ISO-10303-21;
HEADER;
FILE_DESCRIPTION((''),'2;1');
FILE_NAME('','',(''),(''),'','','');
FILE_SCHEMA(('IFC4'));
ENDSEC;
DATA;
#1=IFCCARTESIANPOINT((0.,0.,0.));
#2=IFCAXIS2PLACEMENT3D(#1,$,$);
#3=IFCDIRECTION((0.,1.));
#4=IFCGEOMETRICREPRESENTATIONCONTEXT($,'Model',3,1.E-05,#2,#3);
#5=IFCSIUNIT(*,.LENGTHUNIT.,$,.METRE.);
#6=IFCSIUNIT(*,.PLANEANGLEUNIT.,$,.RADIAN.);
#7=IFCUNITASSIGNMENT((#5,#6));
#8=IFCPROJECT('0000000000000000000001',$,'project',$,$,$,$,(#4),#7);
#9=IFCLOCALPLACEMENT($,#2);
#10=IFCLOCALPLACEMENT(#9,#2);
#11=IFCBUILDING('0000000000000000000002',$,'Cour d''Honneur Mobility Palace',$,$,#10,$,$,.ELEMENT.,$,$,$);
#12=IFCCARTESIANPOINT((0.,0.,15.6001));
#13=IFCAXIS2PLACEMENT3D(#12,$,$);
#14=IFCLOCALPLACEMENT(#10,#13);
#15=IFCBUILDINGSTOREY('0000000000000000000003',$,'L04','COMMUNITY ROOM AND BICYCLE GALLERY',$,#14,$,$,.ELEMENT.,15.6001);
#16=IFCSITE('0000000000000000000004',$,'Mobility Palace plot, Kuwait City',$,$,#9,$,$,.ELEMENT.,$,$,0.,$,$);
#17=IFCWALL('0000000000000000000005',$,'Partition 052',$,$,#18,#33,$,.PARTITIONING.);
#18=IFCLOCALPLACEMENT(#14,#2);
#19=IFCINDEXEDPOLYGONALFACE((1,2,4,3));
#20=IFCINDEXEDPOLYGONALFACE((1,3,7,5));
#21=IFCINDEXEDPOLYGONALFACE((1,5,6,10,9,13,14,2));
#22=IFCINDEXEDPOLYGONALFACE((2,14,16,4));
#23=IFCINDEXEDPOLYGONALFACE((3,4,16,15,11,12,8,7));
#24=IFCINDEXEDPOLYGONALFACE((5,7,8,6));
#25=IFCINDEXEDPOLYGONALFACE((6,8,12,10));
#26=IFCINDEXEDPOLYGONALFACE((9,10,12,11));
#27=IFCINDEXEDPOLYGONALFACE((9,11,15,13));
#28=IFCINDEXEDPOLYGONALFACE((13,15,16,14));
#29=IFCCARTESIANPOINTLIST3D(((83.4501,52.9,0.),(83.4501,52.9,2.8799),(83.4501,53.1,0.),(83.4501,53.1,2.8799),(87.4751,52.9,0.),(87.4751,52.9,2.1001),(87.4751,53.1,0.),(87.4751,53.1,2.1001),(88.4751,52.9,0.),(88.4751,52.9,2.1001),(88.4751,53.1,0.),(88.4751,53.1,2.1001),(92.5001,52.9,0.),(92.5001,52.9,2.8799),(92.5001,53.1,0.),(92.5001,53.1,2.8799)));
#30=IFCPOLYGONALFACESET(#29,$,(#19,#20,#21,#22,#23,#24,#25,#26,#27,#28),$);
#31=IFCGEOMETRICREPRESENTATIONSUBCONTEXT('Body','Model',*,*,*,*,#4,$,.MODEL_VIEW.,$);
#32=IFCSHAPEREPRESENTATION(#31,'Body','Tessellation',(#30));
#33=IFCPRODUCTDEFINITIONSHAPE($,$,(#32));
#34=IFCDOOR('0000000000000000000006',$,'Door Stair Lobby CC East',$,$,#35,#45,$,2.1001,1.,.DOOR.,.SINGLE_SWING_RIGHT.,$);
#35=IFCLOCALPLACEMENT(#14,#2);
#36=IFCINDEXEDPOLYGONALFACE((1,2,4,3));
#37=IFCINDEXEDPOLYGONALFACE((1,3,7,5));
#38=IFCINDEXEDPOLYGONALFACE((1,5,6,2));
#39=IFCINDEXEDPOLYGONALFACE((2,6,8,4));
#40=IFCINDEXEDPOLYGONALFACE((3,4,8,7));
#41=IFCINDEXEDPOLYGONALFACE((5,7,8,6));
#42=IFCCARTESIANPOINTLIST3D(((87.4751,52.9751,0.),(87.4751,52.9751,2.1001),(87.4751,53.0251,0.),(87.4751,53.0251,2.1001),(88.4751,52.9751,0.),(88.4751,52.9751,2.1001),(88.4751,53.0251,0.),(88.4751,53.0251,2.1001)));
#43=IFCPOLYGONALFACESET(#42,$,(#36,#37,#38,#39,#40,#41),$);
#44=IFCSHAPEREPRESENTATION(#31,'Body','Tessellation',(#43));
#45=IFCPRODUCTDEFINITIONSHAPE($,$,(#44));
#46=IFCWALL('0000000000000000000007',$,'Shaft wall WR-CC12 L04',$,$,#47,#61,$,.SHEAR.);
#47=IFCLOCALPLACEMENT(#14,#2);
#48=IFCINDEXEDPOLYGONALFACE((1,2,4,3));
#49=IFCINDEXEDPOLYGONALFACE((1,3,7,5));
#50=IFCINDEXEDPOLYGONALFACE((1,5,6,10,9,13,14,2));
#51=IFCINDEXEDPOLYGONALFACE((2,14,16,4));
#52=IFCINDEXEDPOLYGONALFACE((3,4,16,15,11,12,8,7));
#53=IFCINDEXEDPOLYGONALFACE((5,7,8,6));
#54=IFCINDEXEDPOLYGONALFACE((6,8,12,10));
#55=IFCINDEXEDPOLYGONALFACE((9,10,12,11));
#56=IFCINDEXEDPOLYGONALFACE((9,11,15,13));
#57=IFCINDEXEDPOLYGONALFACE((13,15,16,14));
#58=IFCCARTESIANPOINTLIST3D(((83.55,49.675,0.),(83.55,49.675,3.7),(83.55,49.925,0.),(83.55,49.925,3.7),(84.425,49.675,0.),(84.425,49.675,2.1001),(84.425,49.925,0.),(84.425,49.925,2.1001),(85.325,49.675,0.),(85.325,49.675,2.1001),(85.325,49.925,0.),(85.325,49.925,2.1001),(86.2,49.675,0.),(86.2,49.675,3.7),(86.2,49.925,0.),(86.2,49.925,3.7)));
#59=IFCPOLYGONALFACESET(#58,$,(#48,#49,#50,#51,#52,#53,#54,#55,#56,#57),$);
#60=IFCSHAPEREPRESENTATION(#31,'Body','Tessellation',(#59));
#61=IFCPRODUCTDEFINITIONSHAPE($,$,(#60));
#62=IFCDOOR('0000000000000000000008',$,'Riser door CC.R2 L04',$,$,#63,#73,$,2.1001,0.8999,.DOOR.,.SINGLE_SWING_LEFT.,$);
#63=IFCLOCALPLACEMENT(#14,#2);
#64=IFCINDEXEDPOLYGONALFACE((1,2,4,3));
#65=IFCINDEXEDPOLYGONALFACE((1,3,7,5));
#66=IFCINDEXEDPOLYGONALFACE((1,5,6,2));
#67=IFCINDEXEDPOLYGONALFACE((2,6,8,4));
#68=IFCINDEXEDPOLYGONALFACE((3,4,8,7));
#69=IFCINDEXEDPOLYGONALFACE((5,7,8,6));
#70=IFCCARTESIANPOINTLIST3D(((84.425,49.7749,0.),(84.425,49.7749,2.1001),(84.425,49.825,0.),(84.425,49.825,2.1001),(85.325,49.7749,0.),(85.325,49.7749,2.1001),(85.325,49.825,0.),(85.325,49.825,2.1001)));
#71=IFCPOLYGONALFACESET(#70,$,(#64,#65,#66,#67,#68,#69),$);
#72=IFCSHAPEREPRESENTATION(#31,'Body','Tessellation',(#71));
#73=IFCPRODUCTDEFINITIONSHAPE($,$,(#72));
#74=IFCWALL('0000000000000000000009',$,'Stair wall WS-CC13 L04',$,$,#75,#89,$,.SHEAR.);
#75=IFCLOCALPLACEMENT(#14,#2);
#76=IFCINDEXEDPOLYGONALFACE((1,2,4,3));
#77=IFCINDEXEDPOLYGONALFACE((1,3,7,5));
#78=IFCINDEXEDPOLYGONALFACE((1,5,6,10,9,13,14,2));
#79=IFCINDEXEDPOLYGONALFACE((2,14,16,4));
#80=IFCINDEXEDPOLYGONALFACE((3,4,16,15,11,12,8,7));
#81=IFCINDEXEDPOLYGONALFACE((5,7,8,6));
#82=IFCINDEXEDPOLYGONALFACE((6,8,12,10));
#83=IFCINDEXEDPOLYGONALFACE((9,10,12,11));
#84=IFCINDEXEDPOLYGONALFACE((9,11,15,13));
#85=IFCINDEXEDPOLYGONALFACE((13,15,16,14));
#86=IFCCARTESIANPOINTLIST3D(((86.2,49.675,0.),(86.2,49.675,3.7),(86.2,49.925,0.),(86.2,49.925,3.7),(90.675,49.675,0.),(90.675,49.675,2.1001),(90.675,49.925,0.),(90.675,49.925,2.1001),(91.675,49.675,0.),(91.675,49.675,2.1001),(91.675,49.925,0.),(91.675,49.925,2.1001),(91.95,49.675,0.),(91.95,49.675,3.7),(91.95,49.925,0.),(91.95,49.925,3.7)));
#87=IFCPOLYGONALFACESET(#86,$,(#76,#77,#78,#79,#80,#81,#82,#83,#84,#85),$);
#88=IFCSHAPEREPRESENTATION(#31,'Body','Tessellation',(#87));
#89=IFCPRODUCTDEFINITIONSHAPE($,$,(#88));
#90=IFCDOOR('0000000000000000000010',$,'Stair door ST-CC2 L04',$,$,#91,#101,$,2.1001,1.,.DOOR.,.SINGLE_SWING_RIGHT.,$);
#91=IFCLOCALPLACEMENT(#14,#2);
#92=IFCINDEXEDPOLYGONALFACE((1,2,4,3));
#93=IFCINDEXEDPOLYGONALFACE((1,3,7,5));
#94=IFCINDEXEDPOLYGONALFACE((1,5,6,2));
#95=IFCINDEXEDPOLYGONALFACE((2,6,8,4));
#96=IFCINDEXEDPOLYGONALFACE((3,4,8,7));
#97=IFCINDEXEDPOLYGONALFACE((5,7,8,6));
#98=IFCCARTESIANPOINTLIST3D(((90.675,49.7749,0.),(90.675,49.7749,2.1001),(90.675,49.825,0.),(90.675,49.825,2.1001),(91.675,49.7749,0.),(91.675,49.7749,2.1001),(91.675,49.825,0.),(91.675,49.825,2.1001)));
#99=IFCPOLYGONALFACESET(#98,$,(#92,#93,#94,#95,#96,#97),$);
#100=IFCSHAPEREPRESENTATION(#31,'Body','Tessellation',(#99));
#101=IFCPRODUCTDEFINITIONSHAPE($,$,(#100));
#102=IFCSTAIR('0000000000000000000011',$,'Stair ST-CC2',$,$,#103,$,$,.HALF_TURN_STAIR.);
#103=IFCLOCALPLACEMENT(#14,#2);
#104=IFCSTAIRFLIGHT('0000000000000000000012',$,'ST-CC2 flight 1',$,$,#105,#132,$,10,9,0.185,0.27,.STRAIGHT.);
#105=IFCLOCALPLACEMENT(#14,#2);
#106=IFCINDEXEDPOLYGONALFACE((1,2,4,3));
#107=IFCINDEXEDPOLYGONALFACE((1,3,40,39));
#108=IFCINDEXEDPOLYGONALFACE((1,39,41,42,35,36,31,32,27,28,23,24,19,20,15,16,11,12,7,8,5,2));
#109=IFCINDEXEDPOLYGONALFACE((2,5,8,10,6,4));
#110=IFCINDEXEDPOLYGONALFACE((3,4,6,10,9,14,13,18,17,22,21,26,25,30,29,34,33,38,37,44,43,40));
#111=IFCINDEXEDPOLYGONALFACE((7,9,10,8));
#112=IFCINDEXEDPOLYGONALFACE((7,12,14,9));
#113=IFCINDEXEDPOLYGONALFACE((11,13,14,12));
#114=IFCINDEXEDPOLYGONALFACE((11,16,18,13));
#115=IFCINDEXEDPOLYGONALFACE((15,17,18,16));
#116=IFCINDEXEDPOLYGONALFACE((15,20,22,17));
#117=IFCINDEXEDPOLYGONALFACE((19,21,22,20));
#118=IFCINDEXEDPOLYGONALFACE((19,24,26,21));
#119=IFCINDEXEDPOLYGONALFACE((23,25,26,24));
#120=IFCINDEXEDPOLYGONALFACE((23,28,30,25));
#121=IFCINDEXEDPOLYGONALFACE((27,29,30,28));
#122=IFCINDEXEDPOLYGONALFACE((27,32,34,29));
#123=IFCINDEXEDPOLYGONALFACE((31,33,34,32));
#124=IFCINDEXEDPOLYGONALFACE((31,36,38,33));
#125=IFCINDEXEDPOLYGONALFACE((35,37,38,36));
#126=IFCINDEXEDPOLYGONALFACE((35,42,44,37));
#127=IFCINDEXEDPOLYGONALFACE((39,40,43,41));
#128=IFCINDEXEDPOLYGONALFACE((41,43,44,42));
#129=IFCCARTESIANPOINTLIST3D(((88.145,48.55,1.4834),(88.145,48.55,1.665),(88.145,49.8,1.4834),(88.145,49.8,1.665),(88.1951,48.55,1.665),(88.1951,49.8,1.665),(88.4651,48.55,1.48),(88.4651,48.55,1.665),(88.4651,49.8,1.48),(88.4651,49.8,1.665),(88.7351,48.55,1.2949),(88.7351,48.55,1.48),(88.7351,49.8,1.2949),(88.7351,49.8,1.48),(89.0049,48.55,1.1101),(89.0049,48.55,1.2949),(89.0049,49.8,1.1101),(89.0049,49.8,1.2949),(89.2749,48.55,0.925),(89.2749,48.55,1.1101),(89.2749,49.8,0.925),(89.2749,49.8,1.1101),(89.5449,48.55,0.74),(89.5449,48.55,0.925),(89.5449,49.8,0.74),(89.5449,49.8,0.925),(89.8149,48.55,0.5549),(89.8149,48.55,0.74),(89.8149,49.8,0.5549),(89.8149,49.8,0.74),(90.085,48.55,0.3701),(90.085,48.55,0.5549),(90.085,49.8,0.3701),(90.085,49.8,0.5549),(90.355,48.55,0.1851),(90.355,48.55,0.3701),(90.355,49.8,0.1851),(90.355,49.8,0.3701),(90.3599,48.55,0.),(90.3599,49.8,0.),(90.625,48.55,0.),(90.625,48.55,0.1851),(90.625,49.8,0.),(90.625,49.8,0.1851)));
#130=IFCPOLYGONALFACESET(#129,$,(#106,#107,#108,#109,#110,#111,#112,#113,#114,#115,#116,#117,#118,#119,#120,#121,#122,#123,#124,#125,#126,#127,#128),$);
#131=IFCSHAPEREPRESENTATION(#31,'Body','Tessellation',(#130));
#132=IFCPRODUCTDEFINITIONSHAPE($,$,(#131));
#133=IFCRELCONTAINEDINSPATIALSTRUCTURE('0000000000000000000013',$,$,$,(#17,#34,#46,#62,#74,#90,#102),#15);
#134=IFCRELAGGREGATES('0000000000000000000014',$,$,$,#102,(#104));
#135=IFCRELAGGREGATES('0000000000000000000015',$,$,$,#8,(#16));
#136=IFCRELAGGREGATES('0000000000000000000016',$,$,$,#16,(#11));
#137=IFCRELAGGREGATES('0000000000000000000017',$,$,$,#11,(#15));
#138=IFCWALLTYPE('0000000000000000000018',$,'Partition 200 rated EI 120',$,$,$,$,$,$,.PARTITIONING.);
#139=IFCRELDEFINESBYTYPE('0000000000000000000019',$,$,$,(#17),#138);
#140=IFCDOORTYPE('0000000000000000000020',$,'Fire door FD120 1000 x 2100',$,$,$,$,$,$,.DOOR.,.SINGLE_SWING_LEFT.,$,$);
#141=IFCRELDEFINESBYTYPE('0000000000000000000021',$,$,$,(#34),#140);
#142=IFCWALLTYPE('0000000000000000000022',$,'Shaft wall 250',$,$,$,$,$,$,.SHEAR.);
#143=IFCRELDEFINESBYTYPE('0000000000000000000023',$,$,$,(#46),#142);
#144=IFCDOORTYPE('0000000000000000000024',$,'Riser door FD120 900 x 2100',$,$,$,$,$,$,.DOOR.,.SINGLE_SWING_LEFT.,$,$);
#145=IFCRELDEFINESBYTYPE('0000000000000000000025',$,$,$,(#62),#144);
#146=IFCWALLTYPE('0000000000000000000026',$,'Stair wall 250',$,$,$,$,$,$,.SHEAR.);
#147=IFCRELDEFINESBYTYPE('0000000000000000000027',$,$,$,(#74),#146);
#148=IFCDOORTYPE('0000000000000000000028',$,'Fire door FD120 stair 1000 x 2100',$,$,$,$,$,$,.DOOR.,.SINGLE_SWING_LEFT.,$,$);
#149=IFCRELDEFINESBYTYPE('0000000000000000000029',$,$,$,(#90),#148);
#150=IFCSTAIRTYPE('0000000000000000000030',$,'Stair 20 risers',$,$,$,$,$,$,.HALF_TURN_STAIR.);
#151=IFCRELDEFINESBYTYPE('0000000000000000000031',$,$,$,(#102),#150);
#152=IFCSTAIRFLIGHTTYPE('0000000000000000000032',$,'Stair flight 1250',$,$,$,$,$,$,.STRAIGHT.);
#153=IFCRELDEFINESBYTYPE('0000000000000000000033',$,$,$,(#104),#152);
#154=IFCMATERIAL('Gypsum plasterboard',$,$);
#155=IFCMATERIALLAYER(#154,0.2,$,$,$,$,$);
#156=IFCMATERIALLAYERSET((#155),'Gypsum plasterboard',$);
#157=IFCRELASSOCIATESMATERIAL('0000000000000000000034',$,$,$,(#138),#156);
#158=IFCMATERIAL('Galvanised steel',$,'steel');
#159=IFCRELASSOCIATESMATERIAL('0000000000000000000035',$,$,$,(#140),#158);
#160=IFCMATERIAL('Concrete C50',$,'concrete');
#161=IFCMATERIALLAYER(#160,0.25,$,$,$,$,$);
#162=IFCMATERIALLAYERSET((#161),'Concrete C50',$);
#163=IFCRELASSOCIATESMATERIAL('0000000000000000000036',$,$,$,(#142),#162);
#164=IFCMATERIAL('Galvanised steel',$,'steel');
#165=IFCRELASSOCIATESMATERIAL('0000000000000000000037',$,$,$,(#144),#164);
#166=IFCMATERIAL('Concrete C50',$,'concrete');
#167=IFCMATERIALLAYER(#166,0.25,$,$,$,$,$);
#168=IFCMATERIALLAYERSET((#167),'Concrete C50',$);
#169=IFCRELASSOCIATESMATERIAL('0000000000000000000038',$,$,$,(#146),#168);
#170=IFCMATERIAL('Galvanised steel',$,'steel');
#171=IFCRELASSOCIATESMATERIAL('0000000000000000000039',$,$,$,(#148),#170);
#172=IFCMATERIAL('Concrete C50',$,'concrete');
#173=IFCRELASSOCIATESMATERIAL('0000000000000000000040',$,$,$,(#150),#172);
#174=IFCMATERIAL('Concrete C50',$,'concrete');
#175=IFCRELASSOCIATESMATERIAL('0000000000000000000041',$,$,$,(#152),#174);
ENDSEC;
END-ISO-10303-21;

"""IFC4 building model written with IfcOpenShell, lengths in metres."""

from ifc_helpers import new_model, si_unit, direction, frame, frame_2d, origin, place, context, subcontext, project, spatial, polyline, rectangle, outline, extrude, material, layer, layer_set, type_object, element, fill, aggregate, save


model = new_model("IFC4")

# Units and contexts
model_context = context("Model", 3, precision=1e-05, world=origin(), true_north=direction((0.0, 1.0)))
body_context = subcontext(model_context, "Body", "Model", "MODEL_VIEW")
ifc_project = project(units=[si_unit("LENGTHUNIT", "METRE"), si_unit("PLANEANGLEUNIT", "RADIAN")], contexts=[model_context])

# Site, building, storey
site_placement = place(None, origin())
site = spatial("IfcSite", under=ifc_project, at=site_placement, Name="Mobility Palace plot, Kuwait City", CompositionType="ELEMENT", RefElevation=0.0)
building_placement = place(site_placement, origin())
building = spatial("IfcBuilding", under=site, at=building_placement, Name="Cour d'Honneur Mobility Palace", CompositionType="ELEMENT")
storey_placement = place(building_placement, frame((0.0, 0.0, 15.6001)))
storey = spatial("IfcBuildingStorey", under=building, at=storey_placement, Name="L04", Description="COMMUNITY ROOM AND BICYCLE GALLERY", CompositionType="ELEMENT", Elevation=15.6001)

# Shared definitions
ifc_material_1 = material(Name="Gypsum plasterboard")
ifc_layer_1 = layer(ifc_material_1, 0.2)
ifc_layer_set_1 = layer_set([ifc_layer_1], Name="Gypsum plasterboard")
wall_type_1 = type_object("IfcWallType", Name="Partition 200 rated EI 120", PredefinedType="PARTITIONING", material=ifc_layer_set_1)

# Walls, openings, doors
wall_1_placement = place(storey_placement, frame((92.5, 53.0, 0.0), z_axis=(0.0, 0.0, 1.0), x_axis=(-1.0, 0.0, 0.0)))
wall_1 = element("IfcWall", 1, at=wall_1_placement, inside=storey, type_object=wall_type_1, Name="Partition 052", PredefinedType="PARTITIONING", context=body_context, shape_type="SweptSolid", body=[
    extrude(rectangle(XDim=9.05, YDim=0.2, at=frame_2d((4.5249, 0.0))), origin(), (0.0, 0.0, 1.0), 2.8799),
])
opening_1_placement = place(wall_1_placement, frame((4.0249, 0.0, 0.0)))
opening_1 = element("IfcOpeningElement", 2, at=opening_1_placement, cuts=wall_1, PredefinedType="OPENING", context=body_context, shape_type="SweptSolid", body=[
    extrude(rectangle(XDim=1.0, YDim=2.1001, at=frame_2d((0.5, 1.05))), frame((0.0, 0.1099, 0.0), z_axis=(0.0, -1.0, 0.0), x_axis=(1.0, 0.0, 0.0)), (0.0, 0.0, 1.0), 0.22),
])
ifc_material_2 = material(Name="Galvanised steel", Category="steel")
door_type_1 = type_object("IfcDoorType", Name="Fire door FD120 1000 x 2100", OperationType="SINGLE_SWING_LEFT", PredefinedType="DOOR", material=ifc_material_2)
door_1_placement = place(opening_1_placement, origin())
door_1 = element("IfcDoor", 3, at=door_1_placement, inside=storey, type_object=door_type_1, Name="Door Stair Lobby CC East", OperationType="SINGLE_SWING_RIGHT", OverallHeight=2.1001, OverallWidth=1.0, PredefinedType="DOOR", context=body_context, shape_type="SweptSolid", body=[
    extrude(rectangle(XDim=1.0, YDim=2.1001, at=frame_2d((0.5, 1.05))), frame((0.0, 0.0249, 0.0), z_axis=(0.0, -1.0, 0.0), x_axis=(1.0, 0.0, 0.0)), (0.0, 0.0, 1.0), 0.05),
])
fill(opening_1, door_1)
ifc_material_3 = material(Name="Concrete C50", Category="concrete")
ifc_layer_2 = layer(ifc_material_3, 0.25)
ifc_layer_set_2 = layer_set([ifc_layer_2], Name="Concrete C50")
wall_type_2 = type_object("IfcWallType", Name="Shaft wall 250", PredefinedType="SHEAR", material=ifc_layer_set_2)
wall_2_placement = place(storey_placement, frame((83.55, 49.8, 0.0), z_axis=(0.0, 0.0, 1.0), x_axis=(1.0, 0.0, 0.0)))
wall_2 = element("IfcWall", 4, at=wall_2_placement, inside=storey, type_object=wall_type_2, Name="Shaft wall WR-CC12 L04", PredefinedType="SHEAR", context=body_context, shape_type="SweptSolid", body=[
    extrude(rectangle(XDim=2.6499, YDim=0.25, at=frame_2d((1.325, 0.0))), origin(), (0.0, 0.0, 1.0), 3.7),
])
opening_2_placement = place(wall_2_placement, frame((0.875, 0.0, 0.0)))
opening_2 = element("IfcOpeningElement", 5, at=opening_2_placement, cuts=wall_2, PredefinedType="OPENING", context=body_context, shape_type="SweptSolid", body=[
    extrude(rectangle(XDim=0.8999, YDim=2.1001, at=frame_2d((0.45, 1.05))), frame((0.0, 0.135, 0.0), z_axis=(0.0, -1.0, 0.0), x_axis=(1.0, 0.0, 0.0)), (0.0, 0.0, 1.0), 0.27),
])
ifc_material_4 = material(Name="Galvanised steel", Category="steel")
door_type_2 = type_object("IfcDoorType", Name="Riser door FD120 900 x 2100", OperationType="SINGLE_SWING_LEFT", PredefinedType="DOOR", material=ifc_material_4)
door_2_placement = place(opening_2_placement, origin())
door_2 = element("IfcDoor", 6, at=door_2_placement, inside=storey, type_object=door_type_2, Name="Riser door CC.R2 L04", OperationType="SINGLE_SWING_LEFT", OverallHeight=2.1001, OverallWidth=0.8999, PredefinedType="DOOR", context=body_context, shape_type="SweptSolid", body=[
    extrude(rectangle(XDim=0.8999, YDim=2.1001, at=frame_2d((0.45, 1.05))), frame((0.0, 0.0249, 0.0), z_axis=(0.0, -1.0, 0.0), x_axis=(1.0, 0.0, 0.0)), (0.0, 0.0, 1.0), 0.05),
])
fill(opening_2, door_2)
ifc_material_5 = material(Name="Concrete C50", Category="concrete")
ifc_layer_3 = layer(ifc_material_5, 0.25)
ifc_layer_set_3 = layer_set([ifc_layer_3], Name="Concrete C50")
wall_type_3 = type_object("IfcWallType", Name="Stair wall 250", PredefinedType="SHEAR", material=ifc_layer_set_3)
wall_3_placement = place(storey_placement, frame((86.2, 49.8, 0.0), z_axis=(0.0, 0.0, 1.0), x_axis=(1.0, 0.0, 0.0)))
wall_3 = element("IfcWall", 7, at=wall_3_placement, inside=storey, type_object=wall_type_3, Name="Stair wall WS-CC13 L04", PredefinedType="SHEAR", context=body_context, shape_type="SweptSolid", body=[
    extrude(rectangle(XDim=5.75, YDim=0.25, at=frame_2d((2.875, 0.0))), origin(), (0.0, 0.0, 1.0), 3.7),
])
opening_3_placement = place(wall_3_placement, frame((4.4751, 0.0, 0.0)))
opening_3 = element("IfcOpeningElement", 8, at=opening_3_placement, cuts=wall_3, PredefinedType="OPENING", context=body_context, shape_type="SweptSolid", body=[
    extrude(rectangle(XDim=1.0, YDim=2.1001, at=frame_2d((0.5, 1.05))), frame((0.0, 0.135, 0.0), z_axis=(0.0, -1.0, 0.0), x_axis=(1.0, 0.0, 0.0)), (0.0, 0.0, 1.0), 0.27),
])
ifc_material_6 = material(Name="Galvanised steel", Category="steel")
door_type_3 = type_object("IfcDoorType", Name="Fire door FD120 stair 1000 x 2100", OperationType="SINGLE_SWING_LEFT", PredefinedType="DOOR", material=ifc_material_6)
door_3_placement = place(opening_3_placement, origin())
door_3 = element("IfcDoor", 9, at=door_3_placement, inside=storey, type_object=door_type_3, Name="Stair door ST-CC2 L04", OperationType="SINGLE_SWING_RIGHT", OverallHeight=2.1001, OverallWidth=1.0, PredefinedType="DOOR", context=body_context, shape_type="SweptSolid", body=[
    extrude(rectangle(XDim=1.0, YDim=2.1001, at=frame_2d((0.5, 1.05))), frame((0.0, 0.0249, 0.0), z_axis=(0.0, -1.0, 0.0), x_axis=(1.0, 0.0, 0.0)), (0.0, 0.0, 1.0), 0.05),
])
fill(opening_3, door_3)

# Stair, stair flight
ifc_material_7 = material(Name="Concrete C50", Category="concrete")
stair_type = type_object("IfcStairType", Name="Stair 20 risers", PredefinedType="HALF_TURN_STAIR", material=ifc_material_7)
stair_placement = place(storey_placement, origin())
stair = element("IfcStair", 10, at=stair_placement, inside=storey, type_object=stair_type, Name="Stair ST-CC2", PredefinedType="HALF_TURN_STAIR")
ifc_material_8 = material(Name="Concrete C50", Category="concrete")
stair_flight_type = type_object("IfcStairFlightType", Name="Stair flight 1250", PredefinedType="STRAIGHT", material=ifc_material_8)
stair_flight_placement = place(storey_placement, frame((90.625, 49.175, 0.0), z_axis=(0.0, 0.0, 1.0), x_axis=(-1.0, 0.0, 0.0)))
stair_flight = element("IfcStairFlight", 11, at=stair_flight_placement, type_object=stair_flight_type, Name="ST-CC2 flight 1", NumberOfRisers=10, NumberOfTreads=9, PredefinedType="STRAIGHT", RiserHeight=0.185, TreadLength=0.27, context=body_context, shape_type="SweptSolid", body=[
    extrude(outline(polyline([(0.0, 0.0), (0.0, 0.1851), (0.27, 0.1851), (0.27, 0.3701), (0.54, 0.3701), (0.54, 0.5549), (0.8101, 0.5549), (0.8101, 0.74), (1.0801, 0.74), (1.0801, 0.925), (1.3501, 0.925), (1.3501, 1.1101), (1.6201, 1.1101), (1.6201, 1.2949), (1.8899, 1.2949), (1.8899, 1.48), (2.1599, 1.48), (2.1599, 1.665), (2.4299, 1.665), (2.48, 1.665), (2.48, 1.4834), (0.2651, 0.0), (0.0, 0.0)])), frame((0.0, 0.625, 0.0), z_axis=(0.0, -1.0, 0.0), x_axis=(1.0, 0.0, 0.0)), (0.0, 0.0, 1.0), 1.25),
])
aggregate(stair, [stair_flight])

save(model, "model.ifc")
